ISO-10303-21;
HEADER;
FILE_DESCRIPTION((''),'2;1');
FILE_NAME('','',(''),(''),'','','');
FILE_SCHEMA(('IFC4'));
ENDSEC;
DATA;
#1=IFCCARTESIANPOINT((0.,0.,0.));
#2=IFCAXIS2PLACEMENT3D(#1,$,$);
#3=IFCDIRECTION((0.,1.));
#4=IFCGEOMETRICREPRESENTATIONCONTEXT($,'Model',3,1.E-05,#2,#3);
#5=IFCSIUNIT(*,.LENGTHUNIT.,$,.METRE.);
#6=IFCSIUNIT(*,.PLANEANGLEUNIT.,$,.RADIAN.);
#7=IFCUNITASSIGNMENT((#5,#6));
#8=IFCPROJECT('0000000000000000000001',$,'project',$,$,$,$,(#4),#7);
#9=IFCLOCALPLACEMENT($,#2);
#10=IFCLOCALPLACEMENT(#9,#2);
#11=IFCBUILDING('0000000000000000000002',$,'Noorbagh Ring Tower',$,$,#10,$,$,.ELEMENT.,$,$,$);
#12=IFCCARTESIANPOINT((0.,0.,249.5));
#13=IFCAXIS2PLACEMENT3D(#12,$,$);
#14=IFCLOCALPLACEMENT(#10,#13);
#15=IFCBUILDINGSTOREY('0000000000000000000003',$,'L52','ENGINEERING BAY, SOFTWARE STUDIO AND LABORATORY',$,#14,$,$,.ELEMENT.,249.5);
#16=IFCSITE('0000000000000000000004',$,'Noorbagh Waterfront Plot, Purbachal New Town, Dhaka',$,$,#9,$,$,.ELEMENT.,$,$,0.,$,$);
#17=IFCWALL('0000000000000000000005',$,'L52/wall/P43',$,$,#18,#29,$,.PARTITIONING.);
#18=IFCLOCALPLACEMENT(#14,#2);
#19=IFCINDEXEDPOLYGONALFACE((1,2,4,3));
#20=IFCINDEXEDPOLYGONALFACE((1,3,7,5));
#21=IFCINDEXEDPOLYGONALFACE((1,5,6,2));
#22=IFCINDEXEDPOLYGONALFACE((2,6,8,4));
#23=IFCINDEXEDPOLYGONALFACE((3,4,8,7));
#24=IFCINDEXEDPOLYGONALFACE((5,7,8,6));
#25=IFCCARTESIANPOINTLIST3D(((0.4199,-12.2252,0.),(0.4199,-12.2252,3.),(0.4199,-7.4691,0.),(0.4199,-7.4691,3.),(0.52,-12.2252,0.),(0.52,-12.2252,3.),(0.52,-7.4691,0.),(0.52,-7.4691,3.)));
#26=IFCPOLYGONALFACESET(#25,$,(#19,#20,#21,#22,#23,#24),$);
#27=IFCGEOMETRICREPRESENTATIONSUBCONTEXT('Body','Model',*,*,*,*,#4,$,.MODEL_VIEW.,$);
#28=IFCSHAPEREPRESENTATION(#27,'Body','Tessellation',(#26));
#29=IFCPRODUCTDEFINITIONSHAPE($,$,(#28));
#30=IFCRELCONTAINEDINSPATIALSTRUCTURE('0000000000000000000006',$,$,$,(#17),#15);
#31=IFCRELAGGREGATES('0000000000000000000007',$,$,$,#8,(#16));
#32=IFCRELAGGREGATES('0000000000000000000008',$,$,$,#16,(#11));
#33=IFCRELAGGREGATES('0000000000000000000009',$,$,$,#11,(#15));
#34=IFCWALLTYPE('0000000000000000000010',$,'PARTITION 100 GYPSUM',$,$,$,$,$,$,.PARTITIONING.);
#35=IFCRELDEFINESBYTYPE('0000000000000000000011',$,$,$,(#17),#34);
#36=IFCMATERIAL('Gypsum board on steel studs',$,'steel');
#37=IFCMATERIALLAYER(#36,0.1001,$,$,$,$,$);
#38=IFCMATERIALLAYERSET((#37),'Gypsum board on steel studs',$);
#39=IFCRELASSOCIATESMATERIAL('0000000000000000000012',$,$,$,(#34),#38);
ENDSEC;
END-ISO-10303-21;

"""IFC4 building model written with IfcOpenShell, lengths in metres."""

from ifc_helpers import new_model, si_unit, direction, frame, frame_2d, origin, place, context, subcontext, project, spatial, rectangle, extrude, material, layer, layer_set, type_object, element, save


model = new_model("IFC4")

# Units and contexts
model_context = context("Model", 3, precision=1e-05, world=origin(), true_north=direction((0.0, 1.0)))
body_context = subcontext(model_context, "Body", "Model", "MODEL_VIEW")
ifc_project = project(units=[si_unit("LENGTHUNIT", "METRE"), si_unit("PLANEANGLEUNIT", "RADIAN")], contexts=[model_context])

# Site, building, storey
site_placement = place(None, origin())
site = spatial("IfcSite", under=ifc_project, at=site_placement, Name="Noorbagh Waterfront Plot, Purbachal New Town, Dhaka", CompositionType="ELEMENT", RefElevation=0.0)
building_placement = place(site_placement, origin())
building = spatial("IfcBuilding", under=site, at=building_placement, Name="Noorbagh Ring Tower", CompositionType="ELEMENT")
storey_placement = place(building_placement, frame((0.0, 0.0, 249.5)))
storey = spatial("IfcBuildingStorey", under=building, at=storey_placement, Name="L52", Description="ENGINEERING BAY, SOFTWARE STUDIO AND LABORATORY", CompositionType="ELEMENT", Elevation=249.5)

# Wall
ifc_material_1 = material(Name="Gypsum board on steel studs", Category="steel")
ifc_layer_1 = layer(ifc_material_1, 0.1001)
ifc_layer_set_1 = layer_set([ifc_layer_1], Name="Gypsum board on steel studs")
wall_type = type_object("IfcWallType", Name="PARTITION 100 GYPSUM", PredefinedType="PARTITIONING", material=ifc_layer_set_1)
wall_placement = place(storey_placement, frame((0.47, -12.2251, 0.0), z_axis=(0.0, 0.0, 1.0), x_axis=(0.0, 1.0, 0.0)))
element("IfcWall", 1, at=wall_placement, inside=storey, type_object=wall_type, Name="L52/wall/P43", PredefinedType="PARTITIONING", context=body_context, shape_type="SweptSolid", body=[
    extrude(rectangle(XDim=4.7561, YDim=0.1001, at=frame_2d((2.3779, 0.0))), origin(), (0.0, 0.0, 1.0), 3.0),
])

save(model, "model.ifc")
